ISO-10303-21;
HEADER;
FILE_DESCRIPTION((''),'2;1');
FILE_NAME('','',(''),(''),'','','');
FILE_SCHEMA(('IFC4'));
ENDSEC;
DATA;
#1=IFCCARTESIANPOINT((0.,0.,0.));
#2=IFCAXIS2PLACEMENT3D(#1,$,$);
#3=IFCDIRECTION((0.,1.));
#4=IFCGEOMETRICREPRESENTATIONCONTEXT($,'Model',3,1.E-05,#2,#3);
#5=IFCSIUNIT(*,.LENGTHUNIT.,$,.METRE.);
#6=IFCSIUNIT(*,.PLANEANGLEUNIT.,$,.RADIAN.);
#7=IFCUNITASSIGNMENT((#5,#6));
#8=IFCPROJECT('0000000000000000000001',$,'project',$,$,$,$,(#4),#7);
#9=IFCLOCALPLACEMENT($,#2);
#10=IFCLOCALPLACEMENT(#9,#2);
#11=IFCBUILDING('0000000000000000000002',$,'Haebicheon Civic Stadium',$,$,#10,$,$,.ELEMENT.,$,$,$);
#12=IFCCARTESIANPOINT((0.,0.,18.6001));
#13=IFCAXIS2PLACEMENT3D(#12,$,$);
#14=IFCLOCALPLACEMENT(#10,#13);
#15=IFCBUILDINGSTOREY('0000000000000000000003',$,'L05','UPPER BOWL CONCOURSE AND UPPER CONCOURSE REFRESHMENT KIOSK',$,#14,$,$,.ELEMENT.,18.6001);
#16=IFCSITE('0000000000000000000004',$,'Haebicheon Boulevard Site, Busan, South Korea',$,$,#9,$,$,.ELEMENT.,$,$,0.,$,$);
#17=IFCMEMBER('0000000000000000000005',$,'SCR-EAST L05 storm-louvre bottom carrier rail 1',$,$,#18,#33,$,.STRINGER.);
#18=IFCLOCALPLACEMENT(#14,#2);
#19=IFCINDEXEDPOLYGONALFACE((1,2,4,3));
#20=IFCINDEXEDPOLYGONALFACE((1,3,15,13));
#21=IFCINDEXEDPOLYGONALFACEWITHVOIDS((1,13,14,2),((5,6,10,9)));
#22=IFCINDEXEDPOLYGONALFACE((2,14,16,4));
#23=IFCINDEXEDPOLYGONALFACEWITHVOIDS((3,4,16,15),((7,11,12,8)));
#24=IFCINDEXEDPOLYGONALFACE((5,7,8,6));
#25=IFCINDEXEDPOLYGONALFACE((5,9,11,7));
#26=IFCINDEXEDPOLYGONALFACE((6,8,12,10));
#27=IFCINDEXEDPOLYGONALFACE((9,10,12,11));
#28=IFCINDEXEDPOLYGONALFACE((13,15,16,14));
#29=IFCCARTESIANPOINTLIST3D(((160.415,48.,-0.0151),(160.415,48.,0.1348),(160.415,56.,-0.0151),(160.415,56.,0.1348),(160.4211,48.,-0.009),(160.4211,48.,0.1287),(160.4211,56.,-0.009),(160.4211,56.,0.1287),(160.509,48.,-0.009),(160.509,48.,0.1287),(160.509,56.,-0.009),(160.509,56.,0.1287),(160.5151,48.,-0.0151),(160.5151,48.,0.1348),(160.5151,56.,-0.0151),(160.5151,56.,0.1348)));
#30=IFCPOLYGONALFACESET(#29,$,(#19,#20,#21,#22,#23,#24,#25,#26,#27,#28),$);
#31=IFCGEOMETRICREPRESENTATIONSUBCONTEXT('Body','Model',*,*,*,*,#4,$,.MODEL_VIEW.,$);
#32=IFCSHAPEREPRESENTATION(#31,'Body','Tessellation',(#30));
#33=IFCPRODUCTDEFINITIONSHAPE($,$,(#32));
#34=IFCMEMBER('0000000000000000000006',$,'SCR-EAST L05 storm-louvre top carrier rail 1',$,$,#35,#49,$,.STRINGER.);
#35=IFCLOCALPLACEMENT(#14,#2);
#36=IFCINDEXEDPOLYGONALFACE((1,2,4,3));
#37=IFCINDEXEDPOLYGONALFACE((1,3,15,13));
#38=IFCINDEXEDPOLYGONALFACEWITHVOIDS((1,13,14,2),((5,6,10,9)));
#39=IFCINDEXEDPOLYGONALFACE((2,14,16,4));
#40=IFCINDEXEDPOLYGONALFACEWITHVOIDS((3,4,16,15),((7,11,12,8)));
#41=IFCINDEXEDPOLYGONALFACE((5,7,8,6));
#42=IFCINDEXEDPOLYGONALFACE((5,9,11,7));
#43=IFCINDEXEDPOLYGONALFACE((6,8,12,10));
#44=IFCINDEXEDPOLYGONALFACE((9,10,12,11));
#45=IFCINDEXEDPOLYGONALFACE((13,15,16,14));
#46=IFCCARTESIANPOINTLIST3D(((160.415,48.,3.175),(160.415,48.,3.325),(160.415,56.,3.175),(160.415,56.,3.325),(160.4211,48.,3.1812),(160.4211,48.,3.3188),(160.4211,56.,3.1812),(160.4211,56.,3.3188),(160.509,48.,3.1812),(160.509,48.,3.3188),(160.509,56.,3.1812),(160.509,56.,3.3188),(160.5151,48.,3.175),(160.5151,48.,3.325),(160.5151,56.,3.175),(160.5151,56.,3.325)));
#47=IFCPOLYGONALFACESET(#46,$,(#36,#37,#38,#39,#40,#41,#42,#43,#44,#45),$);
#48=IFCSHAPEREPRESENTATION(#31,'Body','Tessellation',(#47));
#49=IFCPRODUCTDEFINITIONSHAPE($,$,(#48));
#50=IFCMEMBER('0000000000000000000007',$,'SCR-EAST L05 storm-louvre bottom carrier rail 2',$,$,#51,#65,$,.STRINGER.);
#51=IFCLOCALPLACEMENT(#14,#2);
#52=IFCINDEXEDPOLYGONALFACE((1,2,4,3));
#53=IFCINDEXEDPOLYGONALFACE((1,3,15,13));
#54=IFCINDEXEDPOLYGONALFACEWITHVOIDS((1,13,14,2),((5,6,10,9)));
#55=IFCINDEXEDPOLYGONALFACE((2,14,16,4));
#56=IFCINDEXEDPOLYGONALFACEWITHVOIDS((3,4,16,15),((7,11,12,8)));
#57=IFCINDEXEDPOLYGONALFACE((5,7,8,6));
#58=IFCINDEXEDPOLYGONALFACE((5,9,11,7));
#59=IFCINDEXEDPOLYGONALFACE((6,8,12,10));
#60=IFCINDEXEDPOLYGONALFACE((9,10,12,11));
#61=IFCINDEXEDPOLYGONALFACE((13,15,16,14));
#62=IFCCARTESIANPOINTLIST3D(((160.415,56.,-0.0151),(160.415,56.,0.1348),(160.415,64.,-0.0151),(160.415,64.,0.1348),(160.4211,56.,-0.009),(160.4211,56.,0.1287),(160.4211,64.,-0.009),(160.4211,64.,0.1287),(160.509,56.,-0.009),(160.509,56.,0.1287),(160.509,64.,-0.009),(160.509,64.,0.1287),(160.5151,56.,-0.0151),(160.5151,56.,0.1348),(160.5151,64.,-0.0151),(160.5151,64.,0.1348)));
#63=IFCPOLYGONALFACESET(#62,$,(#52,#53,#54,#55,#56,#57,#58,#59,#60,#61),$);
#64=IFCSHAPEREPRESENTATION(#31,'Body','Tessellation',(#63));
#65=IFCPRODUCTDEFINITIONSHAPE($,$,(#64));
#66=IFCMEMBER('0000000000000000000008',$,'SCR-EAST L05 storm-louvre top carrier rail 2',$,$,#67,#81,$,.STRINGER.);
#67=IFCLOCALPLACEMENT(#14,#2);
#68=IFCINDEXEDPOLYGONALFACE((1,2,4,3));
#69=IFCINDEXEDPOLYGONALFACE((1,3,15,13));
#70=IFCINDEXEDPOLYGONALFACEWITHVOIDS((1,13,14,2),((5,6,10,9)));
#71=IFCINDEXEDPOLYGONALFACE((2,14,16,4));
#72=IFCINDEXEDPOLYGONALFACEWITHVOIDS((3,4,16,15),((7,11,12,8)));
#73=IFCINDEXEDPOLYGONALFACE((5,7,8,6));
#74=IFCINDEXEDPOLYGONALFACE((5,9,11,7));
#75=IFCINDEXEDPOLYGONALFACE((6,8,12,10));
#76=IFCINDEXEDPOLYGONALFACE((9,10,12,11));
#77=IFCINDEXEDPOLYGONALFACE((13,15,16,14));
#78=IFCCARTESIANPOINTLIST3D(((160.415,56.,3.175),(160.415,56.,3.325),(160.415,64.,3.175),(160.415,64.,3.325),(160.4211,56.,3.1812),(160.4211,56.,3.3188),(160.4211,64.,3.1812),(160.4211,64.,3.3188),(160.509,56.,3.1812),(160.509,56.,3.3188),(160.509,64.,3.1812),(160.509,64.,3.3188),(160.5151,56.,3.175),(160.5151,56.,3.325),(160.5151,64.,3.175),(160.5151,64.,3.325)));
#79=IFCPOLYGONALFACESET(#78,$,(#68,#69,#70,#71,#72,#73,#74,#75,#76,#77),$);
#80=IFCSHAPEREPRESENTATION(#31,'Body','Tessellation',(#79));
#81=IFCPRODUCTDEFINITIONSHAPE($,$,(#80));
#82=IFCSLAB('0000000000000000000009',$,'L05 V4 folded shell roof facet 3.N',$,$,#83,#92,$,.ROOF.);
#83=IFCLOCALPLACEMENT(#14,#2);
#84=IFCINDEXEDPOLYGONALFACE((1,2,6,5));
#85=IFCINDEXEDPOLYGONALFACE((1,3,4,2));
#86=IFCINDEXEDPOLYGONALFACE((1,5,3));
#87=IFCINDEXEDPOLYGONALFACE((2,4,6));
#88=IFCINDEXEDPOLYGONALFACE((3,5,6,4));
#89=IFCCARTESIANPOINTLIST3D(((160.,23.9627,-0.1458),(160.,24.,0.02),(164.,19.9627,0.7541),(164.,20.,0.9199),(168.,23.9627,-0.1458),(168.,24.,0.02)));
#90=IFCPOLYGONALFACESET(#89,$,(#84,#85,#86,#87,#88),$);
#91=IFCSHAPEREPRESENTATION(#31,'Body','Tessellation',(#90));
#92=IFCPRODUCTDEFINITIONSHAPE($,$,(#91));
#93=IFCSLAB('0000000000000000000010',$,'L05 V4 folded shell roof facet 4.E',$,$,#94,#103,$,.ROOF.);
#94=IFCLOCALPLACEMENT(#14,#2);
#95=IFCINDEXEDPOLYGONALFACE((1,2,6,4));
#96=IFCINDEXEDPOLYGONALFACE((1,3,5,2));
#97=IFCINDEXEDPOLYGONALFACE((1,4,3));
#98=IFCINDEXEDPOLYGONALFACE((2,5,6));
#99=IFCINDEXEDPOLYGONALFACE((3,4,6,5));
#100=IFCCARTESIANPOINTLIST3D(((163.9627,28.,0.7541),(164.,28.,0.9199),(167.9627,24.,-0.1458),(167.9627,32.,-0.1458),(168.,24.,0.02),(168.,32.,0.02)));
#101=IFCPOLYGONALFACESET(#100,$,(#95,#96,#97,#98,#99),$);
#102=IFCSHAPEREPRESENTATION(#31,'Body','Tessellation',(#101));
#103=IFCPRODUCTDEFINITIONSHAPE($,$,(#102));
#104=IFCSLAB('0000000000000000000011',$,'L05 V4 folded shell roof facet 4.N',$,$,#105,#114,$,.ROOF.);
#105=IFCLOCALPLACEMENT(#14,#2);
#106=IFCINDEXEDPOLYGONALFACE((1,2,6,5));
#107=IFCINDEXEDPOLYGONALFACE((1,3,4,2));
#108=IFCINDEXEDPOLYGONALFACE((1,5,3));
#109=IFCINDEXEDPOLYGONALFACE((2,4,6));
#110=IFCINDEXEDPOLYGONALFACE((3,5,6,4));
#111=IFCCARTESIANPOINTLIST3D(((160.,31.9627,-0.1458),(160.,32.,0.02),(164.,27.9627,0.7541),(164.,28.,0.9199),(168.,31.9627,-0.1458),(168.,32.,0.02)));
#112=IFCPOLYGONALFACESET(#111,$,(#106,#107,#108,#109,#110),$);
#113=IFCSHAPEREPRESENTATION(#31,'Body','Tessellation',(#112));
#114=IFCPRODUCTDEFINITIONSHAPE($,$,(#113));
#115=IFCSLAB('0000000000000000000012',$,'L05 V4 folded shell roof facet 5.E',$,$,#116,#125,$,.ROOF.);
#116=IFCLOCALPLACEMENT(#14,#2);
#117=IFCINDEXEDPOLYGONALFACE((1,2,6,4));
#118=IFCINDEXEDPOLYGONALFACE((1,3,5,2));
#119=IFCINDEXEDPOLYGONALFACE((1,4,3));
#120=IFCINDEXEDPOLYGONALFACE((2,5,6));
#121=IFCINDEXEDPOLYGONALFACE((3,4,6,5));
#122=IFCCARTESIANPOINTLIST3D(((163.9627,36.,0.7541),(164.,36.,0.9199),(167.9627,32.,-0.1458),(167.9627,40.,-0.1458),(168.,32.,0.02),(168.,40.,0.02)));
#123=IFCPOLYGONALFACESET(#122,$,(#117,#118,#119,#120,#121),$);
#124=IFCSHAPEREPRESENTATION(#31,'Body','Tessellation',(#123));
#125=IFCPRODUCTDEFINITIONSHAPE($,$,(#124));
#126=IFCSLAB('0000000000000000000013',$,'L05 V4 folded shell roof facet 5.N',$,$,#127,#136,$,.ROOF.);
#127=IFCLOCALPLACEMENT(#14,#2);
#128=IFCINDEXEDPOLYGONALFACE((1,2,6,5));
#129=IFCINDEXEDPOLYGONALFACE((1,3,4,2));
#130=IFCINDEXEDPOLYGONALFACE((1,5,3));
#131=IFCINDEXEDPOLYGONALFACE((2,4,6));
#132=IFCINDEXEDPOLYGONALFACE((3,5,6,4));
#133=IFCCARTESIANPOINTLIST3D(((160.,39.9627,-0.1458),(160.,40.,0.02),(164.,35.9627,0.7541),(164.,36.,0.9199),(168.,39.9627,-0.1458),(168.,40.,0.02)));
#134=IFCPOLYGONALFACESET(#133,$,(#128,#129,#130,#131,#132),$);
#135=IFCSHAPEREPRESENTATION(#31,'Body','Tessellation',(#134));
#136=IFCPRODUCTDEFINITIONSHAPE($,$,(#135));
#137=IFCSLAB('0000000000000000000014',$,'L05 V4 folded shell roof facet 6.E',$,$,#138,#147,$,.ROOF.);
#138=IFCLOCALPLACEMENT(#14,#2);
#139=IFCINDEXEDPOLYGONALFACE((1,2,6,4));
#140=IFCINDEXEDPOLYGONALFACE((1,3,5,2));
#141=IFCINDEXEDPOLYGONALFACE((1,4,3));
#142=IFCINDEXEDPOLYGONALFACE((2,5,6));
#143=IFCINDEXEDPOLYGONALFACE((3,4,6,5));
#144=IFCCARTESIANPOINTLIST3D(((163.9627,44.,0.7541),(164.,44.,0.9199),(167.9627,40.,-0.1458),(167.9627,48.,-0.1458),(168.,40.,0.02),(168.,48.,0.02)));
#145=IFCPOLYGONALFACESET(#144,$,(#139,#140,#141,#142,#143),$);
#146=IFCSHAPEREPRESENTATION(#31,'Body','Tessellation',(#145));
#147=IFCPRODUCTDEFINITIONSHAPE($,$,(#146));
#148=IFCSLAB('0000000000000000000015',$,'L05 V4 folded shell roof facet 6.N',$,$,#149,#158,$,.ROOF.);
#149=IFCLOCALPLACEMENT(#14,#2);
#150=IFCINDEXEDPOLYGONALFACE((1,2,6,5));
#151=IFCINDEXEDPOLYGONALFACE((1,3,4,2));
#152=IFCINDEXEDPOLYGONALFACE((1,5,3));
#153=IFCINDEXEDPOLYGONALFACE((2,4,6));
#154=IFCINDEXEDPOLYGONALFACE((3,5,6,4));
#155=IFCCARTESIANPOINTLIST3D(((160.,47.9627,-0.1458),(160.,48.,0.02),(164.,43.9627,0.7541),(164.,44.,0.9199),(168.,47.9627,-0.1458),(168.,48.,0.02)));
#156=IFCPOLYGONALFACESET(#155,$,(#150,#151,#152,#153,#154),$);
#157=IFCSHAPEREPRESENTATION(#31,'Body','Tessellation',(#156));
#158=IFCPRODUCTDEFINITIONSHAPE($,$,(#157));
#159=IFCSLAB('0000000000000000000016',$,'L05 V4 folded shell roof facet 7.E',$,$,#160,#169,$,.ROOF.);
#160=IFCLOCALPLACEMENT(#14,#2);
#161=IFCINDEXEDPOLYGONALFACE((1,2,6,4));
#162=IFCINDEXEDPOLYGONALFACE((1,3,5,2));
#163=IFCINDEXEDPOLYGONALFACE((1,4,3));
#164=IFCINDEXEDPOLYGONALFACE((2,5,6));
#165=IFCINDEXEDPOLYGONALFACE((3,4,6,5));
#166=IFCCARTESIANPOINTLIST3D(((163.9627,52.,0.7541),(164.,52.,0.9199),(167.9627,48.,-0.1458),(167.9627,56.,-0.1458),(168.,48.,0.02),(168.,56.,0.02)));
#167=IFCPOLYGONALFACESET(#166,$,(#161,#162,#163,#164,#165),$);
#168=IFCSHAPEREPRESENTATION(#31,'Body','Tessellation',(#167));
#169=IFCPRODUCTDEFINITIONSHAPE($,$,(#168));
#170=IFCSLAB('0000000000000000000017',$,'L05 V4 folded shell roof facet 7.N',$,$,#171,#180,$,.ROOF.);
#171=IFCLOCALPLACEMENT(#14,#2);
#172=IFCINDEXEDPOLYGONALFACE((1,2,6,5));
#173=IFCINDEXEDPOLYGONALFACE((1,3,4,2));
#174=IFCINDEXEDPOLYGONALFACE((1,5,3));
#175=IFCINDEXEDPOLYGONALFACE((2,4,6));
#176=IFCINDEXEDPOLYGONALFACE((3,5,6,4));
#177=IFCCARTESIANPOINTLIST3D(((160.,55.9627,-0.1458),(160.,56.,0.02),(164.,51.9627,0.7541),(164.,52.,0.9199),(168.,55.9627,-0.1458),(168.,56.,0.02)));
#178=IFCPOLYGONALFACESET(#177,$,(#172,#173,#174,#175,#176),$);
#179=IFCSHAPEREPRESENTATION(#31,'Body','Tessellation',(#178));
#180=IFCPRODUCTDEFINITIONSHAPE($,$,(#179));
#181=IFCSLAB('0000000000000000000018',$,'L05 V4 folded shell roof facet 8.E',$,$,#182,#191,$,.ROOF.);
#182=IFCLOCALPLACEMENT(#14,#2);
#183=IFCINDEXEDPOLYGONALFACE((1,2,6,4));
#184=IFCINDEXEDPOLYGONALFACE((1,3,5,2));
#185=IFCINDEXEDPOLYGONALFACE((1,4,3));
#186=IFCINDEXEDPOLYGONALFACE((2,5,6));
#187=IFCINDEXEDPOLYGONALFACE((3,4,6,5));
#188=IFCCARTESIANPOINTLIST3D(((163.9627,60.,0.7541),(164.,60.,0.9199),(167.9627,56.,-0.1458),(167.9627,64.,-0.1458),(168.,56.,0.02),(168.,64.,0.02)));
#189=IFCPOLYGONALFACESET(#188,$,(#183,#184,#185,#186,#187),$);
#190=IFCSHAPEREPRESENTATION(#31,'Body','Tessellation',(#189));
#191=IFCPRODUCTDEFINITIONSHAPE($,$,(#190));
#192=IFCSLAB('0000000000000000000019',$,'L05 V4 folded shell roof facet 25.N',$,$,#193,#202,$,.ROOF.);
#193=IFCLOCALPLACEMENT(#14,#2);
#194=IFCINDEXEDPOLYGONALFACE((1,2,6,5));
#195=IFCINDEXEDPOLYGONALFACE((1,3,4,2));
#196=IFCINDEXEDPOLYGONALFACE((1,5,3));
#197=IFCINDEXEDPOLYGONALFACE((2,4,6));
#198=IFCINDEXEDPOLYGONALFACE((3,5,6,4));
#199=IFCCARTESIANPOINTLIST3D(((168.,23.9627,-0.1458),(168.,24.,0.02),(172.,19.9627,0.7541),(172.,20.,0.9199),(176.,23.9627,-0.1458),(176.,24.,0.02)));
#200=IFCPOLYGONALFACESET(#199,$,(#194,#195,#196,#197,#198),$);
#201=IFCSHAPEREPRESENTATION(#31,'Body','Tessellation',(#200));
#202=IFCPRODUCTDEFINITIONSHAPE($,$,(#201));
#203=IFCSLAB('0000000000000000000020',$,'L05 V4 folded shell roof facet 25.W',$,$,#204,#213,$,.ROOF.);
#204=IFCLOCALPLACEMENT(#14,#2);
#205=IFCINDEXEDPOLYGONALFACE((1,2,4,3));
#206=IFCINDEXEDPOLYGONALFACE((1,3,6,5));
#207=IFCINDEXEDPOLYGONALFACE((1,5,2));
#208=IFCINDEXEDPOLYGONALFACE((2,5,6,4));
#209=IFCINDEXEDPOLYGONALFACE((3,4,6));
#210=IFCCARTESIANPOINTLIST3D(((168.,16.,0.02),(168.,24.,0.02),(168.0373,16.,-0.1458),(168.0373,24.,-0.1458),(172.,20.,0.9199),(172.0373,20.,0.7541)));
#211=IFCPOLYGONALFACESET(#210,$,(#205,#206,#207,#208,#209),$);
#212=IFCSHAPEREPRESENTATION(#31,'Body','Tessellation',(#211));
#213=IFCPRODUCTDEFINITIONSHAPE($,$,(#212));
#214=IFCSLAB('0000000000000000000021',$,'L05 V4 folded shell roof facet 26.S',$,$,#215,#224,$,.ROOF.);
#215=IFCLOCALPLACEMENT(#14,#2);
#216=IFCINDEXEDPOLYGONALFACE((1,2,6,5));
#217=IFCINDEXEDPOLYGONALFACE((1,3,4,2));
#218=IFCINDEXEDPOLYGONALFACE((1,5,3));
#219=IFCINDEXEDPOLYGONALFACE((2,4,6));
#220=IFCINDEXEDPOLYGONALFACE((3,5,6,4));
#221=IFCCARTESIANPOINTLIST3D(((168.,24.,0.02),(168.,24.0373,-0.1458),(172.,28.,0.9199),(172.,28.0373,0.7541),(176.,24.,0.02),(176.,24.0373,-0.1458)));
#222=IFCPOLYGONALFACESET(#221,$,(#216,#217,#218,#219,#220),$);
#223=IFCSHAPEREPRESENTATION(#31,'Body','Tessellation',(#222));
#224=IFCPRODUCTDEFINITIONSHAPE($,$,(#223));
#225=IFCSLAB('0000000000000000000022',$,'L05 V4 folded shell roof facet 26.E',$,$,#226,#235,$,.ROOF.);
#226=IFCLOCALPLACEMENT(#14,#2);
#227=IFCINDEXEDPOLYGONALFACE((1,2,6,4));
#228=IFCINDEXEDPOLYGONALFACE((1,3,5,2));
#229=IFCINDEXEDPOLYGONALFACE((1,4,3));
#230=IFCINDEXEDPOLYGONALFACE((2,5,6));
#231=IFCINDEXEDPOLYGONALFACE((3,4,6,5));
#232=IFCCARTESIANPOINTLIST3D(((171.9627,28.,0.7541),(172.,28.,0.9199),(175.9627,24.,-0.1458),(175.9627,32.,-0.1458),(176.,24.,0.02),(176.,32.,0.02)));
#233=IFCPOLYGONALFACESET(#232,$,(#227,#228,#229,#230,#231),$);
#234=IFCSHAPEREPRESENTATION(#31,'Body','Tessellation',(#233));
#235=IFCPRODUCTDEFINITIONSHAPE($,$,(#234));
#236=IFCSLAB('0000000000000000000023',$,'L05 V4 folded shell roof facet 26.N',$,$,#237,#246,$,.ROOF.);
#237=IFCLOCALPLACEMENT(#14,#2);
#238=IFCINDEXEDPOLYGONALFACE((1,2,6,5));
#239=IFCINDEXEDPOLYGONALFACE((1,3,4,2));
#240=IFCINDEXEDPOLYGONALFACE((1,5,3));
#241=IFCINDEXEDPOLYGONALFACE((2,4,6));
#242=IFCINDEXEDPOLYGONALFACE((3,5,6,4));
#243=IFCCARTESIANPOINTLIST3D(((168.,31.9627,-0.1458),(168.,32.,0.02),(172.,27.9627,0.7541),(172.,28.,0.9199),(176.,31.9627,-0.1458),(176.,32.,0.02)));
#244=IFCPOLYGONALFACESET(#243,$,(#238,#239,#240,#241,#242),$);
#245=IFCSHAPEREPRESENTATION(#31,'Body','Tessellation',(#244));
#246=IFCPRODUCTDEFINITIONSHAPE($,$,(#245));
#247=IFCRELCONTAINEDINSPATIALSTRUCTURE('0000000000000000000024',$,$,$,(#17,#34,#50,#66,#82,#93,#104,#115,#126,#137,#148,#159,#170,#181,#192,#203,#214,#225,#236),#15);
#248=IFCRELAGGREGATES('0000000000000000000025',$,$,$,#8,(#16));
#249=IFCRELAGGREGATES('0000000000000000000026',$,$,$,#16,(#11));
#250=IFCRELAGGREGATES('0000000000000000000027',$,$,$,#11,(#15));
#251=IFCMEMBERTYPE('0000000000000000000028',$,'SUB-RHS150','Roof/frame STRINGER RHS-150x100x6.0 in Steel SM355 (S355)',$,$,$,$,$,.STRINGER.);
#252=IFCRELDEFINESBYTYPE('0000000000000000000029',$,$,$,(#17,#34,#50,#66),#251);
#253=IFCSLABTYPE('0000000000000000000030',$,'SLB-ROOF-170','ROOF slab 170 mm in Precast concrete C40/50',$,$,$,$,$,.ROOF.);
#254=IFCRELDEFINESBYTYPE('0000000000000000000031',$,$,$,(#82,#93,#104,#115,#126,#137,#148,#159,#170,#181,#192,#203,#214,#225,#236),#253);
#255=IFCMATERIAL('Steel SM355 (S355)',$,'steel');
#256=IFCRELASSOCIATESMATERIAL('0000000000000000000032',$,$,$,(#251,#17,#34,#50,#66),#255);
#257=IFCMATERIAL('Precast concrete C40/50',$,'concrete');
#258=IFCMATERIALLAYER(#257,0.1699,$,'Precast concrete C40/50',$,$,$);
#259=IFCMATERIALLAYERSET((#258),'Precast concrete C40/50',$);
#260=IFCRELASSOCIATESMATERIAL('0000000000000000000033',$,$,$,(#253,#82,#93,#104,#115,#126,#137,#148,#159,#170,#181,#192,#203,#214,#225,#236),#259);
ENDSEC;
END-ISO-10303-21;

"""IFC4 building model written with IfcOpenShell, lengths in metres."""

from ifc_helpers import new_model, si_unit, direction, frame, origin, origin_2d, place, context, subcontext, project, spatial, polyline, hollow_rectangle, outline, extrude, material, layer, layer_set, material_profile, profile_set, type_object, element, save


model = new_model("IFC4")

# Units and contexts
model_context = context("Model", 3, precision=1e-05, world=origin(), true_north=direction((0.0, 1.0)))
body_context = subcontext(model_context, "Body", "Model", "MODEL_VIEW")
ifc_project = project(units=[si_unit("LENGTHUNIT", "METRE"), si_unit("PLANEANGLEUNIT", "RADIAN")], contexts=[model_context])

# Site, building, storey
site_placement = place(None, origin())
site = spatial("IfcSite", under=ifc_project, at=site_placement, Name="Haebicheon Boulevard Site, Busan, South Korea", CompositionType="ELEMENT", RefElevation=0.0)
building_placement = place(site_placement, origin())
building = spatial("IfcBuilding", under=site, at=building_placement, Name="Haebicheon Civic Stadium", CompositionType="ELEMENT")
storey_placement = place(building_placement, frame((0.0, 0.0, 18.6001)))
storey = spatial("IfcBuildingStorey", under=building, at=storey_placement, Name="L05", Description="UPPER BOWL CONCOURSE AND UPPER CONCOURSE REFRESHMENT KIOSK", CompositionType="ELEMENT", Elevation=18.6001)

# Members
ifc_material_1 = material(Name="Steel SM355 (S355)", Category="steel")
ifc_material_profile = material_profile(ifc_material_1, hollow_rectangle(XDim=0.1001, YDim=0.1499, WallThickness=0.0061, at=origin_2d()), Name="RHS-150x100x6.0")
ifc_profile_set = profile_set([ifc_material_profile], Name="Steel SM355 (S355)")
member_type = type_object("IfcMemberType", Name="SUB-RHS150", Description="Roof/frame STRINGER RHS-150x100x6.0 in Steel SM355 (S355)", PredefinedType="STRINGER", material=ifc_profile_set)
for number, where, z_axis, x_axis, name in (
    (1, (160.4651, 48.0, 0.0598), (0.0, 1.0, 0.0), (-1.0, 0.0, 0.0), "SCR-EAST L05 storm-louvre bottom carrier rail 1"),
    (2, (160.4651, 48.0, 3.25), (0.0, 1.0, 0.0), (-1.0, 0.0, 0.0), "SCR-EAST L05 storm-louvre top carrier rail 1"),
    (3, (160.4651, 56.0, 0.0598), (0.0, 1.0, 0.0), (-1.0, 0.0, 0.0), "SCR-EAST L05 storm-louvre bottom carrier rail 2"),
    (4, (160.4651, 56.0, 3.25), (0.0, 1.0, 0.0), (-1.0, 0.0, 0.0), "SCR-EAST L05 storm-louvre top carrier rail 2"),
):
    element("IfcMember", number, at=place(storey_placement, frame(where, z_axis=z_axis, x_axis=x_axis)), inside=storey, type_object=member_type, material=ifc_profile_set, Name=name, PredefinedType="STRINGER", context=body_context, shape_type="SweptSolid", body=[
        extrude(hollow_rectangle(XDim=0.1001, YDim=0.1499, WallThickness=0.0061, at=origin_2d()), origin(), (0.0, 0.0, 1.0), 8.0),
    ])

# Slabs
ifc_material_2 = material(Name="Precast concrete C40/50", Category="concrete")
ifc_layer_1 = layer(ifc_material_2, 0.1699, Name="Precast concrete C40/50")
ifc_layer_set_1 = layer_set([ifc_layer_1], Name="Precast concrete C40/50")
slab_type = type_object("IfcSlabType", Name="SLB-ROOF-170", Description="ROOF slab 170 mm in Precast concrete C40/50", PredefinedType="ROOF", material=ifc_layer_set_1)
for number, where, z_axis, x_axis, name in (
    (5, (168.0, 24.0, 0.02), (0.0, 0.21949, 0.975615), (-1.0, 0.0, 0.0), "L05 V4 folded shell roof facet 3.N"),
    (6, (168.0, 24.0, 0.02), (0.21949, 0.0, 0.975615), (0.0, 1.0, 0.0), "L05 V4 folded shell roof facet 4.E"),
    (7, (168.0, 32.0, 0.02), (0.0, 0.21949, 0.975615), (-1.0, 0.0, 0.0), "L05 V4 folded shell roof facet 4.N"),
    (8, (168.0, 32.0, 0.02), (0.21949, 0.0, 0.975615), (0.0, 1.0, 0.0), "L05 V4 folded shell roof facet 5.E"),
    (9, (168.0, 40.0, 0.02), (0.0, 0.21949, 0.975615), (-1.0, 0.0, 0.0), "L05 V4 folded shell roof facet 5.N"),
    (10, (168.0, 40.0, 0.02), (0.21949, 0.0, 0.975615), (0.0, 1.0, 0.0), "L05 V4 folded shell roof facet 6.E"),
    (11, (168.0, 48.0, 0.02), (0.0, 0.21949, 0.975615), (-1.0, 0.0, 0.0), "L05 V4 folded shell roof facet 6.N"),
    (12, (168.0, 48.0, 0.02), (0.21949, 0.0, 0.975615), (0.0, 1.0, 0.0), "L05 V4 folded shell roof facet 7.E"),
    (13, (168.0, 56.0, 0.02), (0.0, 0.21949, 0.975615), (-1.0, 0.0, 0.0), "L05 V4 folded shell roof facet 7.N"),
    (14, (168.0, 56.0, 0.02), (0.21949, 0.0, 0.975615), (0.0, 1.0, 0.0), "L05 V4 folded shell roof facet 8.E"),
    (15, (176.0, 24.0, 0.02), (0.0, 0.21949, 0.975615), (-1.0, 0.0, 0.0), "L05 V4 folded shell roof facet 25.N"),
    (16, (168.0, 24.0, 0.02), (-0.21949, 0.0, 0.975615), (0.0, -1.0, 0.0), "L05 V4 folded shell roof facet 25.W"),
    (17, (168.0, 24.0, 0.02), (0.0, -0.21949, 0.975615), (1.0, 0.0, 0.0), "L05 V4 folded shell roof facet 26.S"),
    (18, (176.0, 24.0, 0.02), (0.21949, 0.0, 0.975615), (0.0, 1.0, 0.0), "L05 V4 folded shell roof facet 26.E"),
    (19, (176.0, 32.0, 0.02), (0.0, 0.21949, 0.975615), (-1.0, 0.0, 0.0), "L05 V4 folded shell roof facet 26.N"),
):
    element("IfcSlab", number, at=place(storey_placement, frame(where, z_axis=z_axis, x_axis=x_axis)), inside=storey, type_object=slab_type, material=ifc_layer_set_1, Name=name, PredefinedType="ROOF", context=body_context, shape_type="SweptSolid", body=[
        extrude(outline(polyline([(0.0, 0.0), (8.0, 0.0), (4.0, 4.1), (0.0, 0.0)])), origin(), (0.0, 0.0, -1.0), 0.1699),
    ])

save(model, "model.ifc")
